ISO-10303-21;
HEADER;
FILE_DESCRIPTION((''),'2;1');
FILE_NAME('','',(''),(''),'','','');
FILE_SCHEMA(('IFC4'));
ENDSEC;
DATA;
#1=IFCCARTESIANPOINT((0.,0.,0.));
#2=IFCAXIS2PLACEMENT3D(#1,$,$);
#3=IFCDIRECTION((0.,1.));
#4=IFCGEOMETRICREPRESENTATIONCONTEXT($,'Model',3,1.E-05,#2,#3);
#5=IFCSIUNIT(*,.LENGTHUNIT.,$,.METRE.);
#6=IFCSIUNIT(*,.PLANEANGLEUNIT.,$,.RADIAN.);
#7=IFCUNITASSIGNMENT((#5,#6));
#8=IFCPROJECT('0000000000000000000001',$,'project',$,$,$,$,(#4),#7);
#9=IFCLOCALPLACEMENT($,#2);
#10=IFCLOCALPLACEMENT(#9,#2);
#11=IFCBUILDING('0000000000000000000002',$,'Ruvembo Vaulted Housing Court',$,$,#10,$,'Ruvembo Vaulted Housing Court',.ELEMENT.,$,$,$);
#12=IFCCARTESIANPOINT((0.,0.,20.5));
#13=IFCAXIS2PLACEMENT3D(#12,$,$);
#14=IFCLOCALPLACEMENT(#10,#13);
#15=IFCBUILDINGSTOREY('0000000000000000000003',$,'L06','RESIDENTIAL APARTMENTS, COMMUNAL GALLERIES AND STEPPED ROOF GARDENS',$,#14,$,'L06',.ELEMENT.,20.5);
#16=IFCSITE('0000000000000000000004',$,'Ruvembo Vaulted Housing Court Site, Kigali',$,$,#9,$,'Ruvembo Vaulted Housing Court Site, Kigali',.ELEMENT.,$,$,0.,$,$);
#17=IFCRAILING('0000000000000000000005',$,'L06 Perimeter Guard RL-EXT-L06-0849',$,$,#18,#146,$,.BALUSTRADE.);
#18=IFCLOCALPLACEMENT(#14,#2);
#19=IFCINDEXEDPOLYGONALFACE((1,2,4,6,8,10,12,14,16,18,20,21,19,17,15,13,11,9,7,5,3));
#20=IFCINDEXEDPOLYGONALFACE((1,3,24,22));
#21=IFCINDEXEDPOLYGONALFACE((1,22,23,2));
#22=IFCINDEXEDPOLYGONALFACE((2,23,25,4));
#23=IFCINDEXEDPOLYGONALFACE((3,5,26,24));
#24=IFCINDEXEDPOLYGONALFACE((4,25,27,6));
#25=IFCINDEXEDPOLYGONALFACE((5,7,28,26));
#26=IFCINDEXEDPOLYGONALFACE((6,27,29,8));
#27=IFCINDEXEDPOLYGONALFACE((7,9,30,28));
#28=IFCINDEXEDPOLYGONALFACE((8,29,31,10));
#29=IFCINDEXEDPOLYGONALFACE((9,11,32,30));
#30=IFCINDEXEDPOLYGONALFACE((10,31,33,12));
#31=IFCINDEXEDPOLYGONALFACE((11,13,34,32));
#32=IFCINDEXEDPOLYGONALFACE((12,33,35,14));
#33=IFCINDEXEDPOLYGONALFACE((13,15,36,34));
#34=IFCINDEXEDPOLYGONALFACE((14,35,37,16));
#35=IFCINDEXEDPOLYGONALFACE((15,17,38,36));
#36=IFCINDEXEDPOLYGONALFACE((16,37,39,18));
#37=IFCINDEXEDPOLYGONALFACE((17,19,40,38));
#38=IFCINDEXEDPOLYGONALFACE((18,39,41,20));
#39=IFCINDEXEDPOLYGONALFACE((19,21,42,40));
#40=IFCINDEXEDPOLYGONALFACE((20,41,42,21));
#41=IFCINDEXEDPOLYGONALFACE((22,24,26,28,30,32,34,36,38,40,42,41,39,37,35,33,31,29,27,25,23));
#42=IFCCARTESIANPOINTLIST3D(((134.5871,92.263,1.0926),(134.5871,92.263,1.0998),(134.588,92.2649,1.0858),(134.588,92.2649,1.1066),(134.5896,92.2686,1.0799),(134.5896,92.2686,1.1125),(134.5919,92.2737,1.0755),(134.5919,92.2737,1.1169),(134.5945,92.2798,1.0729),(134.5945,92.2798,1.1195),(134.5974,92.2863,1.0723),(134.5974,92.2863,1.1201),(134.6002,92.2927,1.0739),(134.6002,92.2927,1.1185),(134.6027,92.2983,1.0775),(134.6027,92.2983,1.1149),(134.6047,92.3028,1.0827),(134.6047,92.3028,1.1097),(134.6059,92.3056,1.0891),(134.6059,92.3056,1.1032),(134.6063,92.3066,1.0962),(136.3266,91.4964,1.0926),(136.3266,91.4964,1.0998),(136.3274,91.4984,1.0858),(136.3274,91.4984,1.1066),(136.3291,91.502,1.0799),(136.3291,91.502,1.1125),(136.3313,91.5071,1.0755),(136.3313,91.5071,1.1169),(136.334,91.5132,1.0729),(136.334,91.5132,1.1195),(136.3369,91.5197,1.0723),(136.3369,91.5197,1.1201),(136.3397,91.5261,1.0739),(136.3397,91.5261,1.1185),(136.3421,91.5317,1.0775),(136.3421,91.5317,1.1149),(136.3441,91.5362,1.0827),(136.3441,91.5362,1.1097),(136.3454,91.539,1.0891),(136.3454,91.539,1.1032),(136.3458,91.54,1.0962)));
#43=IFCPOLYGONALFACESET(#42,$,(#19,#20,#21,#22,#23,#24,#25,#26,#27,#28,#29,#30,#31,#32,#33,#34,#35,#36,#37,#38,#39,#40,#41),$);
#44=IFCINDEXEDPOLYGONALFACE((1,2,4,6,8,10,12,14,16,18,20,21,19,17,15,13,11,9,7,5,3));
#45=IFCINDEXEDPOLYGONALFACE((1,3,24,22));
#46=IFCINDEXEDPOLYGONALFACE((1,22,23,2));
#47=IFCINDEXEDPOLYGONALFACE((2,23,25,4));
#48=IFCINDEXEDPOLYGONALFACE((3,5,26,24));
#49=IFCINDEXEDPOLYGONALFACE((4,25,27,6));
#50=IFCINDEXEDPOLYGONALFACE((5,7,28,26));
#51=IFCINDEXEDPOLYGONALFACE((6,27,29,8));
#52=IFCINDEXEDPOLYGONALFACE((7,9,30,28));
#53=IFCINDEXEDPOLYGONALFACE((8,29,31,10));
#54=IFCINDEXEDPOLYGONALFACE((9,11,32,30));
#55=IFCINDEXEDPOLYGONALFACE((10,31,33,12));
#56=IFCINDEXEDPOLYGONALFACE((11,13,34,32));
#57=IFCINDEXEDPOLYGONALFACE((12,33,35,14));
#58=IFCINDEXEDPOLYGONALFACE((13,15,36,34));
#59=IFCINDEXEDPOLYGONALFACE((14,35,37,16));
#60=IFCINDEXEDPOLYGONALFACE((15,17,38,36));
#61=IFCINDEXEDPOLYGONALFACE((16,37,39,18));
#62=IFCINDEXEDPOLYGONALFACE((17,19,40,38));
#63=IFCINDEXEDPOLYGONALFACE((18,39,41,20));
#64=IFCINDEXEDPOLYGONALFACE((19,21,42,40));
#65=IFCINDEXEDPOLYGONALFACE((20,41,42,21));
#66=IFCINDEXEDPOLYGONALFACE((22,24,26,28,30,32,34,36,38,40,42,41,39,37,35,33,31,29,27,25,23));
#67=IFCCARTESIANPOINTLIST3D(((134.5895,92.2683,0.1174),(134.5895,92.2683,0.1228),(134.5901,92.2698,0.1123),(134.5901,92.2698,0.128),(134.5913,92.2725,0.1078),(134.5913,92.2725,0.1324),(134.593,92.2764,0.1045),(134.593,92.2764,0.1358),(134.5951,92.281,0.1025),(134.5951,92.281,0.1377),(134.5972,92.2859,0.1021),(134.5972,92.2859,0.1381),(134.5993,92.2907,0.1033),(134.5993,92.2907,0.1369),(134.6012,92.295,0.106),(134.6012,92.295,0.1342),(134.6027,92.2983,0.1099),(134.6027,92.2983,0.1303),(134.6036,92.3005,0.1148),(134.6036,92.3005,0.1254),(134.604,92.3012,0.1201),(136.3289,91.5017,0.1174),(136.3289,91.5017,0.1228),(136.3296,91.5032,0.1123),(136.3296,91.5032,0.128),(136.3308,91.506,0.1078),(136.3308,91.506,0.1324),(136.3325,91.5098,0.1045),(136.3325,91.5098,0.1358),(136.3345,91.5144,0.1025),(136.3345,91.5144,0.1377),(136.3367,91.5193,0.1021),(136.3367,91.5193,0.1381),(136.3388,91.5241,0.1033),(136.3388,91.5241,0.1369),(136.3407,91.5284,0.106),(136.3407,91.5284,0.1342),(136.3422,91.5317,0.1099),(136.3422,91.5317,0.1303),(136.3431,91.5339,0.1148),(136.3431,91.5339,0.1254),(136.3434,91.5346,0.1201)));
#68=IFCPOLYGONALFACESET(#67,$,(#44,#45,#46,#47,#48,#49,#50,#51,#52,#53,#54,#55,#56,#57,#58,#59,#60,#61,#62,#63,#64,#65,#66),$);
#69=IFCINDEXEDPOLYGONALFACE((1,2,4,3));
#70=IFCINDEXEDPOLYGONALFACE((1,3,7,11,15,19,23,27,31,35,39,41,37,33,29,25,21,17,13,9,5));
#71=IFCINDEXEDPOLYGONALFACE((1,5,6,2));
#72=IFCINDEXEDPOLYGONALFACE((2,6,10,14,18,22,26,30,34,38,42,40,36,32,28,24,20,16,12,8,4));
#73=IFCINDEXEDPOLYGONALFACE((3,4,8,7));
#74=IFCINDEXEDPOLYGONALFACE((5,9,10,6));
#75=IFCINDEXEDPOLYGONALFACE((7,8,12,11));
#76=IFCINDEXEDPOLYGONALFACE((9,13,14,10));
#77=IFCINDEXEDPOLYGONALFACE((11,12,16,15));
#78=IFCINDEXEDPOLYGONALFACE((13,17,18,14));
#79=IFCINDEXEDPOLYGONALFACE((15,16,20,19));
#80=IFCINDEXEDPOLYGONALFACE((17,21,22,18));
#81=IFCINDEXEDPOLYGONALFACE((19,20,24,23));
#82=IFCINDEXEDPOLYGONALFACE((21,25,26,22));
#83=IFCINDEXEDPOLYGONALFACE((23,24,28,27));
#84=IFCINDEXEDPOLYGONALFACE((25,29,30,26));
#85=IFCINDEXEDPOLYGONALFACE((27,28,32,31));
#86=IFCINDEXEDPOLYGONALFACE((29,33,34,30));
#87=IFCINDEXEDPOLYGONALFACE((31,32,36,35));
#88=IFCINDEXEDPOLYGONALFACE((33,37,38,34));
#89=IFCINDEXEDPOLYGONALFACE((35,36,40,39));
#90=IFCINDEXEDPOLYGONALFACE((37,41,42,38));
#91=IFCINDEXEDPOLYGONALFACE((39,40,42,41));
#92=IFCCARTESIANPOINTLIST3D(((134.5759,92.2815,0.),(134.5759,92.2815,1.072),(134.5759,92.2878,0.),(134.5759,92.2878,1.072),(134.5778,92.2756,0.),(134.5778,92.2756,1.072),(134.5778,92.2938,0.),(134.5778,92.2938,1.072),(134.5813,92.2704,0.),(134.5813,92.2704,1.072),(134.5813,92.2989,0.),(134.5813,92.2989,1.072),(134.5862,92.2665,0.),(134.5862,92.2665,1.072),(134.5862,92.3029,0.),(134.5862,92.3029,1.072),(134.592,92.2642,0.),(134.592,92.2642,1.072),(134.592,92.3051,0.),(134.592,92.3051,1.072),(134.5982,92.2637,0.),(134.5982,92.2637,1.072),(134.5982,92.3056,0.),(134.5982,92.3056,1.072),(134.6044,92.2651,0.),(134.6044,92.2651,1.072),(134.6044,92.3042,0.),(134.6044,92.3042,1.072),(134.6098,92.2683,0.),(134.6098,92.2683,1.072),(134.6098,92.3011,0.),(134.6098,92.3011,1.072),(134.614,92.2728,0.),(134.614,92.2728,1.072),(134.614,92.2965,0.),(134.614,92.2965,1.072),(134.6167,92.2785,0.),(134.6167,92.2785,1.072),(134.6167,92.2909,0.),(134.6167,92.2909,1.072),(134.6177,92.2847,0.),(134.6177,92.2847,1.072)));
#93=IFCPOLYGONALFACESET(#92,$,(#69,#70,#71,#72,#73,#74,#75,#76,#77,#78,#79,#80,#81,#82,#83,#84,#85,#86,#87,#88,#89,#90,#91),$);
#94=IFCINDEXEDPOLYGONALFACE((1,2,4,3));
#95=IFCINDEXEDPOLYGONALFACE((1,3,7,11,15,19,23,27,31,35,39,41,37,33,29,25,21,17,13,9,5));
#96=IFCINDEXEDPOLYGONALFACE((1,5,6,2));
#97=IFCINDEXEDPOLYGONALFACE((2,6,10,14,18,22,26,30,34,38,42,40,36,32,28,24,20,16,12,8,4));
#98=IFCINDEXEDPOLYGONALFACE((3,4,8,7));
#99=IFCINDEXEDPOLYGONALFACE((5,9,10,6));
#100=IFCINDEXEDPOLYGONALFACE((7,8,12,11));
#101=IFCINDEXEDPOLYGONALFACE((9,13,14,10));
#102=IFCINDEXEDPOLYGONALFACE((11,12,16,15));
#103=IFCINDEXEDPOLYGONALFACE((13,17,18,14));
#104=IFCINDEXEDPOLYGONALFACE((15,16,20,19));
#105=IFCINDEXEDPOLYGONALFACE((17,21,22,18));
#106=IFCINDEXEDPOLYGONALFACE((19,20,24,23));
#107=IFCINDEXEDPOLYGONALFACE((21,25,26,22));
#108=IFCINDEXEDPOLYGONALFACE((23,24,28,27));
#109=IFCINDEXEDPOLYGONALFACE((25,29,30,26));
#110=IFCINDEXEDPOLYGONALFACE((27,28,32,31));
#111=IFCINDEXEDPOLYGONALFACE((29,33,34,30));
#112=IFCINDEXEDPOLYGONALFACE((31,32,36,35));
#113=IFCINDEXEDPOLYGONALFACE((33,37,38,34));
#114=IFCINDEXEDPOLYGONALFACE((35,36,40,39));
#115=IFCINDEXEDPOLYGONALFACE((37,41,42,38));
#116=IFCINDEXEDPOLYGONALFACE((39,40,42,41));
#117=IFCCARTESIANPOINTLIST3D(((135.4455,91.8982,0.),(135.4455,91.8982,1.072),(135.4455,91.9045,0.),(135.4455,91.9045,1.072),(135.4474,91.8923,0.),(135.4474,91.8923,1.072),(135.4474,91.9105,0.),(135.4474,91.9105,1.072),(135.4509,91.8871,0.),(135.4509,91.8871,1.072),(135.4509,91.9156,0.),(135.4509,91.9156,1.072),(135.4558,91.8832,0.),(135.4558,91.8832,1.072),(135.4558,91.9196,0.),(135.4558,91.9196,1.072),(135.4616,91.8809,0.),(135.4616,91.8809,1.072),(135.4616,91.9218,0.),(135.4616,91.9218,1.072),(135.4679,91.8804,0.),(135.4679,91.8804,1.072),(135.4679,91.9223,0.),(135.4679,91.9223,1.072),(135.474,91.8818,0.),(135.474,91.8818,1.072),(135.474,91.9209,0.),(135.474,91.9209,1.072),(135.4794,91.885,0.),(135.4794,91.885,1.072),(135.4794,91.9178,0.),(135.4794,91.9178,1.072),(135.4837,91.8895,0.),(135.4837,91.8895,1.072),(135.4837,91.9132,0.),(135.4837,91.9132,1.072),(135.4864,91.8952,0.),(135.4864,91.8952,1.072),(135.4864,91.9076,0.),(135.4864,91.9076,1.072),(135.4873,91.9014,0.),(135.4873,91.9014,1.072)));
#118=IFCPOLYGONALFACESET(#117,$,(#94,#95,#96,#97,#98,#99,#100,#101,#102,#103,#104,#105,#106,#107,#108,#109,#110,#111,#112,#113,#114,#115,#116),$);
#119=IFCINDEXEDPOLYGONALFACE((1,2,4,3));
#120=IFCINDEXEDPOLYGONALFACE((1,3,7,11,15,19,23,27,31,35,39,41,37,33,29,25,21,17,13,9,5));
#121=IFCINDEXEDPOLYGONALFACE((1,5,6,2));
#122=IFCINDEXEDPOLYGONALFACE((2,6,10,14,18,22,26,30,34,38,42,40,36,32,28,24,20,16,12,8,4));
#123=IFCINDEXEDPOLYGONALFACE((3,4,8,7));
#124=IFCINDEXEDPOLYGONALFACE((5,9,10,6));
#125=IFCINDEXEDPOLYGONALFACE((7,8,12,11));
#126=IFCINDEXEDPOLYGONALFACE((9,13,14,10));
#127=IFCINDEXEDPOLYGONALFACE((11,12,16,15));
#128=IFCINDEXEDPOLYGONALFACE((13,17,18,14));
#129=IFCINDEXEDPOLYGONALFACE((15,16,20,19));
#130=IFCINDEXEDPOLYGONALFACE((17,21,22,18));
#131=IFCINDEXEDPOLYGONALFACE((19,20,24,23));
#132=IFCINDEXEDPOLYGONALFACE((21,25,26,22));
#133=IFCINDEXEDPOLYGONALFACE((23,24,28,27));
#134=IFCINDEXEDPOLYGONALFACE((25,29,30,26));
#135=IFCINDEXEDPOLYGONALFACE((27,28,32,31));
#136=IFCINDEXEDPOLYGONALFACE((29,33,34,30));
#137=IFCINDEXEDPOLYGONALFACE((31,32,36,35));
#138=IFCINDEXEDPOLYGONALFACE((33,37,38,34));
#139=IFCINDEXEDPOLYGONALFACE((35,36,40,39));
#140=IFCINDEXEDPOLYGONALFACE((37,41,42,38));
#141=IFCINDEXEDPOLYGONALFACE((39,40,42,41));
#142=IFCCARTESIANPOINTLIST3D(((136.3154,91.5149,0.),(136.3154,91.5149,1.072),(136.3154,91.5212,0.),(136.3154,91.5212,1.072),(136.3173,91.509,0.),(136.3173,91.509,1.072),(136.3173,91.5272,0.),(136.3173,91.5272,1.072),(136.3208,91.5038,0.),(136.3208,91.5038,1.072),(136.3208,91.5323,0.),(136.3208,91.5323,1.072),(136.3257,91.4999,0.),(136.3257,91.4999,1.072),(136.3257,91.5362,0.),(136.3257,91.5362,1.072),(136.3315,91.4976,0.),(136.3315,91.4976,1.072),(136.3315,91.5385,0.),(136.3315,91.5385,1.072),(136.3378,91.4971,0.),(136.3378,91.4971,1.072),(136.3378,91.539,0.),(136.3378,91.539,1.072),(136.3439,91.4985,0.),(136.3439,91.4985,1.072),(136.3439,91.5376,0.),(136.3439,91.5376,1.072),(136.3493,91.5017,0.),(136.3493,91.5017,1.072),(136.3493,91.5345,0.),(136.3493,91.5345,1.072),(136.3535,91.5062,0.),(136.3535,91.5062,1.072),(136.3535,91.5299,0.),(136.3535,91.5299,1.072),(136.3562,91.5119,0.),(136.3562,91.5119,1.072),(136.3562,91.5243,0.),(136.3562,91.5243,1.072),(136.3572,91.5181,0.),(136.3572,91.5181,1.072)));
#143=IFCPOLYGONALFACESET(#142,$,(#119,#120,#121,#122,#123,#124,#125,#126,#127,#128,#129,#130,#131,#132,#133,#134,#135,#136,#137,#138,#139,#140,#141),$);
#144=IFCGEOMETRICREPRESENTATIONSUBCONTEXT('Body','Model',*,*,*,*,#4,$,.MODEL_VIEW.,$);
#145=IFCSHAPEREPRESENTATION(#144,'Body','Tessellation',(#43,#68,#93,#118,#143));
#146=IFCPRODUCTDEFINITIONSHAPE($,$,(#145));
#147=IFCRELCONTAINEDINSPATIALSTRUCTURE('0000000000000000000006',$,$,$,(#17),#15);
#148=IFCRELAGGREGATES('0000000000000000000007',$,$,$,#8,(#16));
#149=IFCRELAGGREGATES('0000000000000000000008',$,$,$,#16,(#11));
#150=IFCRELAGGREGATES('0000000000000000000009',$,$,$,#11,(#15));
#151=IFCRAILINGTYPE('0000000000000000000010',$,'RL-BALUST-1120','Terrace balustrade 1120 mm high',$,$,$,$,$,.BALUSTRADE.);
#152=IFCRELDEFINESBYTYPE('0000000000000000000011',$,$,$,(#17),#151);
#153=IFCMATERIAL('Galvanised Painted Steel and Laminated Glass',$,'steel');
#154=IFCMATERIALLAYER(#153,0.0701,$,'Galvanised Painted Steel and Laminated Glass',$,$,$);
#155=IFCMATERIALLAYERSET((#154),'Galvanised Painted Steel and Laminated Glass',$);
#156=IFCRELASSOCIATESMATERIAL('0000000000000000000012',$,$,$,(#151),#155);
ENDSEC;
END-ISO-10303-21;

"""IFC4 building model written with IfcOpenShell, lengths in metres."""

from ifc_helpers import new_model, si_unit, direction, frame, origin, origin_2d, place, context, subcontext, project, spatial, circle, extrude, material, layer, layer_set, type_object, element, save


model = new_model("IFC4")

# Units and contexts
model_context = context("Model", 3, precision=1e-05, world=origin(), true_north=direction((0.0, 1.0)))
body_context = subcontext(model_context, "Body", "Model", "MODEL_VIEW")
ifc_project = project(units=[si_unit("LENGTHUNIT", "METRE"), si_unit("PLANEANGLEUNIT", "RADIAN")], contexts=[model_context])

# Site, building, storey
site_placement = place(None, origin())
site = spatial("IfcSite", under=ifc_project, at=site_placement, Name="Ruvembo Vaulted Housing Court Site, Kigali", LongName="Ruvembo Vaulted Housing Court Site, Kigali", CompositionType="ELEMENT", RefElevation=0.0)
building_placement = place(site_placement, origin())
building = spatial("IfcBuilding", under=site, at=building_placement, Name="Ruvembo Vaulted Housing Court", LongName="Ruvembo Vaulted Housing Court", CompositionType="ELEMENT")
storey_placement = place(building_placement, frame((0.0, 0.0, 20.5)))
storey = spatial("IfcBuildingStorey", under=building, at=storey_placement, Name="L06", Description="RESIDENTIAL APARTMENTS, COMMUNAL GALLERIES AND STEPPED ROOF GARDENS", LongName="L06", CompositionType="ELEMENT", Elevation=20.5)

# Railing
ifc_material_1 = material(Name="Galvanised Painted Steel and Laminated Glass", Category="steel")
ifc_layer = layer(ifc_material_1, 0.0701, Name="Galvanised Painted Steel and Laminated Glass")
ifc_layer_set = layer_set([ifc_layer], Name="Galvanised Painted Steel and Laminated Glass")
railing_type = type_object("IfcRailingType", Name="RL-BALUST-1120", Description="Terrace balustrade 1120 mm high", PredefinedType="BALUSTRADE", material=ifc_layer_set)
railing_1_placement = place(storey_placement, frame((134.5967, 92.2847, 0.0)))
element("IfcRailing", 1, at=railing_1_placement, inside=storey, type_object=railing_type, Name="L06 Perimeter Guard RL-EXT-L06-0849", PredefinedType="BALUSTRADE", context=body_context, shape_type="SweptSolid", body=[
    extrude(circle(Radius=0.0239, at=origin_2d()), frame((0.0, 0.0, 1.0962), z_axis=(0.915078, -0.403277, 0.0), x_axis=(0.403277, 0.915078, 0.0)), (0.0, 0.0, 1.0), 1.9009),
    extrude(circle(Radius=0.0181, at=origin_2d()), frame((0.0, 0.0, 0.1201), z_axis=(0.915078, -0.403277, 0.0), x_axis=(0.403277, 0.915078, 0.0)), (0.0, 0.0, 1.0), 1.9009),
    extrude(circle(Radius=0.021, at=origin_2d()), origin(), (0.0, 0.0, 1.0), 1.072),
    extrude(circle(Radius=0.021, at=origin_2d()), frame((0.8696, -0.3833, 0.0)), (0.0, 0.0, 1.0), 1.072),
    extrude(circle(Radius=0.021, at=origin_2d()), frame((1.7395, -0.7666, 0.0)), (0.0, 0.0, 1.0), 1.072),
])

save(model, "model.ifc")
